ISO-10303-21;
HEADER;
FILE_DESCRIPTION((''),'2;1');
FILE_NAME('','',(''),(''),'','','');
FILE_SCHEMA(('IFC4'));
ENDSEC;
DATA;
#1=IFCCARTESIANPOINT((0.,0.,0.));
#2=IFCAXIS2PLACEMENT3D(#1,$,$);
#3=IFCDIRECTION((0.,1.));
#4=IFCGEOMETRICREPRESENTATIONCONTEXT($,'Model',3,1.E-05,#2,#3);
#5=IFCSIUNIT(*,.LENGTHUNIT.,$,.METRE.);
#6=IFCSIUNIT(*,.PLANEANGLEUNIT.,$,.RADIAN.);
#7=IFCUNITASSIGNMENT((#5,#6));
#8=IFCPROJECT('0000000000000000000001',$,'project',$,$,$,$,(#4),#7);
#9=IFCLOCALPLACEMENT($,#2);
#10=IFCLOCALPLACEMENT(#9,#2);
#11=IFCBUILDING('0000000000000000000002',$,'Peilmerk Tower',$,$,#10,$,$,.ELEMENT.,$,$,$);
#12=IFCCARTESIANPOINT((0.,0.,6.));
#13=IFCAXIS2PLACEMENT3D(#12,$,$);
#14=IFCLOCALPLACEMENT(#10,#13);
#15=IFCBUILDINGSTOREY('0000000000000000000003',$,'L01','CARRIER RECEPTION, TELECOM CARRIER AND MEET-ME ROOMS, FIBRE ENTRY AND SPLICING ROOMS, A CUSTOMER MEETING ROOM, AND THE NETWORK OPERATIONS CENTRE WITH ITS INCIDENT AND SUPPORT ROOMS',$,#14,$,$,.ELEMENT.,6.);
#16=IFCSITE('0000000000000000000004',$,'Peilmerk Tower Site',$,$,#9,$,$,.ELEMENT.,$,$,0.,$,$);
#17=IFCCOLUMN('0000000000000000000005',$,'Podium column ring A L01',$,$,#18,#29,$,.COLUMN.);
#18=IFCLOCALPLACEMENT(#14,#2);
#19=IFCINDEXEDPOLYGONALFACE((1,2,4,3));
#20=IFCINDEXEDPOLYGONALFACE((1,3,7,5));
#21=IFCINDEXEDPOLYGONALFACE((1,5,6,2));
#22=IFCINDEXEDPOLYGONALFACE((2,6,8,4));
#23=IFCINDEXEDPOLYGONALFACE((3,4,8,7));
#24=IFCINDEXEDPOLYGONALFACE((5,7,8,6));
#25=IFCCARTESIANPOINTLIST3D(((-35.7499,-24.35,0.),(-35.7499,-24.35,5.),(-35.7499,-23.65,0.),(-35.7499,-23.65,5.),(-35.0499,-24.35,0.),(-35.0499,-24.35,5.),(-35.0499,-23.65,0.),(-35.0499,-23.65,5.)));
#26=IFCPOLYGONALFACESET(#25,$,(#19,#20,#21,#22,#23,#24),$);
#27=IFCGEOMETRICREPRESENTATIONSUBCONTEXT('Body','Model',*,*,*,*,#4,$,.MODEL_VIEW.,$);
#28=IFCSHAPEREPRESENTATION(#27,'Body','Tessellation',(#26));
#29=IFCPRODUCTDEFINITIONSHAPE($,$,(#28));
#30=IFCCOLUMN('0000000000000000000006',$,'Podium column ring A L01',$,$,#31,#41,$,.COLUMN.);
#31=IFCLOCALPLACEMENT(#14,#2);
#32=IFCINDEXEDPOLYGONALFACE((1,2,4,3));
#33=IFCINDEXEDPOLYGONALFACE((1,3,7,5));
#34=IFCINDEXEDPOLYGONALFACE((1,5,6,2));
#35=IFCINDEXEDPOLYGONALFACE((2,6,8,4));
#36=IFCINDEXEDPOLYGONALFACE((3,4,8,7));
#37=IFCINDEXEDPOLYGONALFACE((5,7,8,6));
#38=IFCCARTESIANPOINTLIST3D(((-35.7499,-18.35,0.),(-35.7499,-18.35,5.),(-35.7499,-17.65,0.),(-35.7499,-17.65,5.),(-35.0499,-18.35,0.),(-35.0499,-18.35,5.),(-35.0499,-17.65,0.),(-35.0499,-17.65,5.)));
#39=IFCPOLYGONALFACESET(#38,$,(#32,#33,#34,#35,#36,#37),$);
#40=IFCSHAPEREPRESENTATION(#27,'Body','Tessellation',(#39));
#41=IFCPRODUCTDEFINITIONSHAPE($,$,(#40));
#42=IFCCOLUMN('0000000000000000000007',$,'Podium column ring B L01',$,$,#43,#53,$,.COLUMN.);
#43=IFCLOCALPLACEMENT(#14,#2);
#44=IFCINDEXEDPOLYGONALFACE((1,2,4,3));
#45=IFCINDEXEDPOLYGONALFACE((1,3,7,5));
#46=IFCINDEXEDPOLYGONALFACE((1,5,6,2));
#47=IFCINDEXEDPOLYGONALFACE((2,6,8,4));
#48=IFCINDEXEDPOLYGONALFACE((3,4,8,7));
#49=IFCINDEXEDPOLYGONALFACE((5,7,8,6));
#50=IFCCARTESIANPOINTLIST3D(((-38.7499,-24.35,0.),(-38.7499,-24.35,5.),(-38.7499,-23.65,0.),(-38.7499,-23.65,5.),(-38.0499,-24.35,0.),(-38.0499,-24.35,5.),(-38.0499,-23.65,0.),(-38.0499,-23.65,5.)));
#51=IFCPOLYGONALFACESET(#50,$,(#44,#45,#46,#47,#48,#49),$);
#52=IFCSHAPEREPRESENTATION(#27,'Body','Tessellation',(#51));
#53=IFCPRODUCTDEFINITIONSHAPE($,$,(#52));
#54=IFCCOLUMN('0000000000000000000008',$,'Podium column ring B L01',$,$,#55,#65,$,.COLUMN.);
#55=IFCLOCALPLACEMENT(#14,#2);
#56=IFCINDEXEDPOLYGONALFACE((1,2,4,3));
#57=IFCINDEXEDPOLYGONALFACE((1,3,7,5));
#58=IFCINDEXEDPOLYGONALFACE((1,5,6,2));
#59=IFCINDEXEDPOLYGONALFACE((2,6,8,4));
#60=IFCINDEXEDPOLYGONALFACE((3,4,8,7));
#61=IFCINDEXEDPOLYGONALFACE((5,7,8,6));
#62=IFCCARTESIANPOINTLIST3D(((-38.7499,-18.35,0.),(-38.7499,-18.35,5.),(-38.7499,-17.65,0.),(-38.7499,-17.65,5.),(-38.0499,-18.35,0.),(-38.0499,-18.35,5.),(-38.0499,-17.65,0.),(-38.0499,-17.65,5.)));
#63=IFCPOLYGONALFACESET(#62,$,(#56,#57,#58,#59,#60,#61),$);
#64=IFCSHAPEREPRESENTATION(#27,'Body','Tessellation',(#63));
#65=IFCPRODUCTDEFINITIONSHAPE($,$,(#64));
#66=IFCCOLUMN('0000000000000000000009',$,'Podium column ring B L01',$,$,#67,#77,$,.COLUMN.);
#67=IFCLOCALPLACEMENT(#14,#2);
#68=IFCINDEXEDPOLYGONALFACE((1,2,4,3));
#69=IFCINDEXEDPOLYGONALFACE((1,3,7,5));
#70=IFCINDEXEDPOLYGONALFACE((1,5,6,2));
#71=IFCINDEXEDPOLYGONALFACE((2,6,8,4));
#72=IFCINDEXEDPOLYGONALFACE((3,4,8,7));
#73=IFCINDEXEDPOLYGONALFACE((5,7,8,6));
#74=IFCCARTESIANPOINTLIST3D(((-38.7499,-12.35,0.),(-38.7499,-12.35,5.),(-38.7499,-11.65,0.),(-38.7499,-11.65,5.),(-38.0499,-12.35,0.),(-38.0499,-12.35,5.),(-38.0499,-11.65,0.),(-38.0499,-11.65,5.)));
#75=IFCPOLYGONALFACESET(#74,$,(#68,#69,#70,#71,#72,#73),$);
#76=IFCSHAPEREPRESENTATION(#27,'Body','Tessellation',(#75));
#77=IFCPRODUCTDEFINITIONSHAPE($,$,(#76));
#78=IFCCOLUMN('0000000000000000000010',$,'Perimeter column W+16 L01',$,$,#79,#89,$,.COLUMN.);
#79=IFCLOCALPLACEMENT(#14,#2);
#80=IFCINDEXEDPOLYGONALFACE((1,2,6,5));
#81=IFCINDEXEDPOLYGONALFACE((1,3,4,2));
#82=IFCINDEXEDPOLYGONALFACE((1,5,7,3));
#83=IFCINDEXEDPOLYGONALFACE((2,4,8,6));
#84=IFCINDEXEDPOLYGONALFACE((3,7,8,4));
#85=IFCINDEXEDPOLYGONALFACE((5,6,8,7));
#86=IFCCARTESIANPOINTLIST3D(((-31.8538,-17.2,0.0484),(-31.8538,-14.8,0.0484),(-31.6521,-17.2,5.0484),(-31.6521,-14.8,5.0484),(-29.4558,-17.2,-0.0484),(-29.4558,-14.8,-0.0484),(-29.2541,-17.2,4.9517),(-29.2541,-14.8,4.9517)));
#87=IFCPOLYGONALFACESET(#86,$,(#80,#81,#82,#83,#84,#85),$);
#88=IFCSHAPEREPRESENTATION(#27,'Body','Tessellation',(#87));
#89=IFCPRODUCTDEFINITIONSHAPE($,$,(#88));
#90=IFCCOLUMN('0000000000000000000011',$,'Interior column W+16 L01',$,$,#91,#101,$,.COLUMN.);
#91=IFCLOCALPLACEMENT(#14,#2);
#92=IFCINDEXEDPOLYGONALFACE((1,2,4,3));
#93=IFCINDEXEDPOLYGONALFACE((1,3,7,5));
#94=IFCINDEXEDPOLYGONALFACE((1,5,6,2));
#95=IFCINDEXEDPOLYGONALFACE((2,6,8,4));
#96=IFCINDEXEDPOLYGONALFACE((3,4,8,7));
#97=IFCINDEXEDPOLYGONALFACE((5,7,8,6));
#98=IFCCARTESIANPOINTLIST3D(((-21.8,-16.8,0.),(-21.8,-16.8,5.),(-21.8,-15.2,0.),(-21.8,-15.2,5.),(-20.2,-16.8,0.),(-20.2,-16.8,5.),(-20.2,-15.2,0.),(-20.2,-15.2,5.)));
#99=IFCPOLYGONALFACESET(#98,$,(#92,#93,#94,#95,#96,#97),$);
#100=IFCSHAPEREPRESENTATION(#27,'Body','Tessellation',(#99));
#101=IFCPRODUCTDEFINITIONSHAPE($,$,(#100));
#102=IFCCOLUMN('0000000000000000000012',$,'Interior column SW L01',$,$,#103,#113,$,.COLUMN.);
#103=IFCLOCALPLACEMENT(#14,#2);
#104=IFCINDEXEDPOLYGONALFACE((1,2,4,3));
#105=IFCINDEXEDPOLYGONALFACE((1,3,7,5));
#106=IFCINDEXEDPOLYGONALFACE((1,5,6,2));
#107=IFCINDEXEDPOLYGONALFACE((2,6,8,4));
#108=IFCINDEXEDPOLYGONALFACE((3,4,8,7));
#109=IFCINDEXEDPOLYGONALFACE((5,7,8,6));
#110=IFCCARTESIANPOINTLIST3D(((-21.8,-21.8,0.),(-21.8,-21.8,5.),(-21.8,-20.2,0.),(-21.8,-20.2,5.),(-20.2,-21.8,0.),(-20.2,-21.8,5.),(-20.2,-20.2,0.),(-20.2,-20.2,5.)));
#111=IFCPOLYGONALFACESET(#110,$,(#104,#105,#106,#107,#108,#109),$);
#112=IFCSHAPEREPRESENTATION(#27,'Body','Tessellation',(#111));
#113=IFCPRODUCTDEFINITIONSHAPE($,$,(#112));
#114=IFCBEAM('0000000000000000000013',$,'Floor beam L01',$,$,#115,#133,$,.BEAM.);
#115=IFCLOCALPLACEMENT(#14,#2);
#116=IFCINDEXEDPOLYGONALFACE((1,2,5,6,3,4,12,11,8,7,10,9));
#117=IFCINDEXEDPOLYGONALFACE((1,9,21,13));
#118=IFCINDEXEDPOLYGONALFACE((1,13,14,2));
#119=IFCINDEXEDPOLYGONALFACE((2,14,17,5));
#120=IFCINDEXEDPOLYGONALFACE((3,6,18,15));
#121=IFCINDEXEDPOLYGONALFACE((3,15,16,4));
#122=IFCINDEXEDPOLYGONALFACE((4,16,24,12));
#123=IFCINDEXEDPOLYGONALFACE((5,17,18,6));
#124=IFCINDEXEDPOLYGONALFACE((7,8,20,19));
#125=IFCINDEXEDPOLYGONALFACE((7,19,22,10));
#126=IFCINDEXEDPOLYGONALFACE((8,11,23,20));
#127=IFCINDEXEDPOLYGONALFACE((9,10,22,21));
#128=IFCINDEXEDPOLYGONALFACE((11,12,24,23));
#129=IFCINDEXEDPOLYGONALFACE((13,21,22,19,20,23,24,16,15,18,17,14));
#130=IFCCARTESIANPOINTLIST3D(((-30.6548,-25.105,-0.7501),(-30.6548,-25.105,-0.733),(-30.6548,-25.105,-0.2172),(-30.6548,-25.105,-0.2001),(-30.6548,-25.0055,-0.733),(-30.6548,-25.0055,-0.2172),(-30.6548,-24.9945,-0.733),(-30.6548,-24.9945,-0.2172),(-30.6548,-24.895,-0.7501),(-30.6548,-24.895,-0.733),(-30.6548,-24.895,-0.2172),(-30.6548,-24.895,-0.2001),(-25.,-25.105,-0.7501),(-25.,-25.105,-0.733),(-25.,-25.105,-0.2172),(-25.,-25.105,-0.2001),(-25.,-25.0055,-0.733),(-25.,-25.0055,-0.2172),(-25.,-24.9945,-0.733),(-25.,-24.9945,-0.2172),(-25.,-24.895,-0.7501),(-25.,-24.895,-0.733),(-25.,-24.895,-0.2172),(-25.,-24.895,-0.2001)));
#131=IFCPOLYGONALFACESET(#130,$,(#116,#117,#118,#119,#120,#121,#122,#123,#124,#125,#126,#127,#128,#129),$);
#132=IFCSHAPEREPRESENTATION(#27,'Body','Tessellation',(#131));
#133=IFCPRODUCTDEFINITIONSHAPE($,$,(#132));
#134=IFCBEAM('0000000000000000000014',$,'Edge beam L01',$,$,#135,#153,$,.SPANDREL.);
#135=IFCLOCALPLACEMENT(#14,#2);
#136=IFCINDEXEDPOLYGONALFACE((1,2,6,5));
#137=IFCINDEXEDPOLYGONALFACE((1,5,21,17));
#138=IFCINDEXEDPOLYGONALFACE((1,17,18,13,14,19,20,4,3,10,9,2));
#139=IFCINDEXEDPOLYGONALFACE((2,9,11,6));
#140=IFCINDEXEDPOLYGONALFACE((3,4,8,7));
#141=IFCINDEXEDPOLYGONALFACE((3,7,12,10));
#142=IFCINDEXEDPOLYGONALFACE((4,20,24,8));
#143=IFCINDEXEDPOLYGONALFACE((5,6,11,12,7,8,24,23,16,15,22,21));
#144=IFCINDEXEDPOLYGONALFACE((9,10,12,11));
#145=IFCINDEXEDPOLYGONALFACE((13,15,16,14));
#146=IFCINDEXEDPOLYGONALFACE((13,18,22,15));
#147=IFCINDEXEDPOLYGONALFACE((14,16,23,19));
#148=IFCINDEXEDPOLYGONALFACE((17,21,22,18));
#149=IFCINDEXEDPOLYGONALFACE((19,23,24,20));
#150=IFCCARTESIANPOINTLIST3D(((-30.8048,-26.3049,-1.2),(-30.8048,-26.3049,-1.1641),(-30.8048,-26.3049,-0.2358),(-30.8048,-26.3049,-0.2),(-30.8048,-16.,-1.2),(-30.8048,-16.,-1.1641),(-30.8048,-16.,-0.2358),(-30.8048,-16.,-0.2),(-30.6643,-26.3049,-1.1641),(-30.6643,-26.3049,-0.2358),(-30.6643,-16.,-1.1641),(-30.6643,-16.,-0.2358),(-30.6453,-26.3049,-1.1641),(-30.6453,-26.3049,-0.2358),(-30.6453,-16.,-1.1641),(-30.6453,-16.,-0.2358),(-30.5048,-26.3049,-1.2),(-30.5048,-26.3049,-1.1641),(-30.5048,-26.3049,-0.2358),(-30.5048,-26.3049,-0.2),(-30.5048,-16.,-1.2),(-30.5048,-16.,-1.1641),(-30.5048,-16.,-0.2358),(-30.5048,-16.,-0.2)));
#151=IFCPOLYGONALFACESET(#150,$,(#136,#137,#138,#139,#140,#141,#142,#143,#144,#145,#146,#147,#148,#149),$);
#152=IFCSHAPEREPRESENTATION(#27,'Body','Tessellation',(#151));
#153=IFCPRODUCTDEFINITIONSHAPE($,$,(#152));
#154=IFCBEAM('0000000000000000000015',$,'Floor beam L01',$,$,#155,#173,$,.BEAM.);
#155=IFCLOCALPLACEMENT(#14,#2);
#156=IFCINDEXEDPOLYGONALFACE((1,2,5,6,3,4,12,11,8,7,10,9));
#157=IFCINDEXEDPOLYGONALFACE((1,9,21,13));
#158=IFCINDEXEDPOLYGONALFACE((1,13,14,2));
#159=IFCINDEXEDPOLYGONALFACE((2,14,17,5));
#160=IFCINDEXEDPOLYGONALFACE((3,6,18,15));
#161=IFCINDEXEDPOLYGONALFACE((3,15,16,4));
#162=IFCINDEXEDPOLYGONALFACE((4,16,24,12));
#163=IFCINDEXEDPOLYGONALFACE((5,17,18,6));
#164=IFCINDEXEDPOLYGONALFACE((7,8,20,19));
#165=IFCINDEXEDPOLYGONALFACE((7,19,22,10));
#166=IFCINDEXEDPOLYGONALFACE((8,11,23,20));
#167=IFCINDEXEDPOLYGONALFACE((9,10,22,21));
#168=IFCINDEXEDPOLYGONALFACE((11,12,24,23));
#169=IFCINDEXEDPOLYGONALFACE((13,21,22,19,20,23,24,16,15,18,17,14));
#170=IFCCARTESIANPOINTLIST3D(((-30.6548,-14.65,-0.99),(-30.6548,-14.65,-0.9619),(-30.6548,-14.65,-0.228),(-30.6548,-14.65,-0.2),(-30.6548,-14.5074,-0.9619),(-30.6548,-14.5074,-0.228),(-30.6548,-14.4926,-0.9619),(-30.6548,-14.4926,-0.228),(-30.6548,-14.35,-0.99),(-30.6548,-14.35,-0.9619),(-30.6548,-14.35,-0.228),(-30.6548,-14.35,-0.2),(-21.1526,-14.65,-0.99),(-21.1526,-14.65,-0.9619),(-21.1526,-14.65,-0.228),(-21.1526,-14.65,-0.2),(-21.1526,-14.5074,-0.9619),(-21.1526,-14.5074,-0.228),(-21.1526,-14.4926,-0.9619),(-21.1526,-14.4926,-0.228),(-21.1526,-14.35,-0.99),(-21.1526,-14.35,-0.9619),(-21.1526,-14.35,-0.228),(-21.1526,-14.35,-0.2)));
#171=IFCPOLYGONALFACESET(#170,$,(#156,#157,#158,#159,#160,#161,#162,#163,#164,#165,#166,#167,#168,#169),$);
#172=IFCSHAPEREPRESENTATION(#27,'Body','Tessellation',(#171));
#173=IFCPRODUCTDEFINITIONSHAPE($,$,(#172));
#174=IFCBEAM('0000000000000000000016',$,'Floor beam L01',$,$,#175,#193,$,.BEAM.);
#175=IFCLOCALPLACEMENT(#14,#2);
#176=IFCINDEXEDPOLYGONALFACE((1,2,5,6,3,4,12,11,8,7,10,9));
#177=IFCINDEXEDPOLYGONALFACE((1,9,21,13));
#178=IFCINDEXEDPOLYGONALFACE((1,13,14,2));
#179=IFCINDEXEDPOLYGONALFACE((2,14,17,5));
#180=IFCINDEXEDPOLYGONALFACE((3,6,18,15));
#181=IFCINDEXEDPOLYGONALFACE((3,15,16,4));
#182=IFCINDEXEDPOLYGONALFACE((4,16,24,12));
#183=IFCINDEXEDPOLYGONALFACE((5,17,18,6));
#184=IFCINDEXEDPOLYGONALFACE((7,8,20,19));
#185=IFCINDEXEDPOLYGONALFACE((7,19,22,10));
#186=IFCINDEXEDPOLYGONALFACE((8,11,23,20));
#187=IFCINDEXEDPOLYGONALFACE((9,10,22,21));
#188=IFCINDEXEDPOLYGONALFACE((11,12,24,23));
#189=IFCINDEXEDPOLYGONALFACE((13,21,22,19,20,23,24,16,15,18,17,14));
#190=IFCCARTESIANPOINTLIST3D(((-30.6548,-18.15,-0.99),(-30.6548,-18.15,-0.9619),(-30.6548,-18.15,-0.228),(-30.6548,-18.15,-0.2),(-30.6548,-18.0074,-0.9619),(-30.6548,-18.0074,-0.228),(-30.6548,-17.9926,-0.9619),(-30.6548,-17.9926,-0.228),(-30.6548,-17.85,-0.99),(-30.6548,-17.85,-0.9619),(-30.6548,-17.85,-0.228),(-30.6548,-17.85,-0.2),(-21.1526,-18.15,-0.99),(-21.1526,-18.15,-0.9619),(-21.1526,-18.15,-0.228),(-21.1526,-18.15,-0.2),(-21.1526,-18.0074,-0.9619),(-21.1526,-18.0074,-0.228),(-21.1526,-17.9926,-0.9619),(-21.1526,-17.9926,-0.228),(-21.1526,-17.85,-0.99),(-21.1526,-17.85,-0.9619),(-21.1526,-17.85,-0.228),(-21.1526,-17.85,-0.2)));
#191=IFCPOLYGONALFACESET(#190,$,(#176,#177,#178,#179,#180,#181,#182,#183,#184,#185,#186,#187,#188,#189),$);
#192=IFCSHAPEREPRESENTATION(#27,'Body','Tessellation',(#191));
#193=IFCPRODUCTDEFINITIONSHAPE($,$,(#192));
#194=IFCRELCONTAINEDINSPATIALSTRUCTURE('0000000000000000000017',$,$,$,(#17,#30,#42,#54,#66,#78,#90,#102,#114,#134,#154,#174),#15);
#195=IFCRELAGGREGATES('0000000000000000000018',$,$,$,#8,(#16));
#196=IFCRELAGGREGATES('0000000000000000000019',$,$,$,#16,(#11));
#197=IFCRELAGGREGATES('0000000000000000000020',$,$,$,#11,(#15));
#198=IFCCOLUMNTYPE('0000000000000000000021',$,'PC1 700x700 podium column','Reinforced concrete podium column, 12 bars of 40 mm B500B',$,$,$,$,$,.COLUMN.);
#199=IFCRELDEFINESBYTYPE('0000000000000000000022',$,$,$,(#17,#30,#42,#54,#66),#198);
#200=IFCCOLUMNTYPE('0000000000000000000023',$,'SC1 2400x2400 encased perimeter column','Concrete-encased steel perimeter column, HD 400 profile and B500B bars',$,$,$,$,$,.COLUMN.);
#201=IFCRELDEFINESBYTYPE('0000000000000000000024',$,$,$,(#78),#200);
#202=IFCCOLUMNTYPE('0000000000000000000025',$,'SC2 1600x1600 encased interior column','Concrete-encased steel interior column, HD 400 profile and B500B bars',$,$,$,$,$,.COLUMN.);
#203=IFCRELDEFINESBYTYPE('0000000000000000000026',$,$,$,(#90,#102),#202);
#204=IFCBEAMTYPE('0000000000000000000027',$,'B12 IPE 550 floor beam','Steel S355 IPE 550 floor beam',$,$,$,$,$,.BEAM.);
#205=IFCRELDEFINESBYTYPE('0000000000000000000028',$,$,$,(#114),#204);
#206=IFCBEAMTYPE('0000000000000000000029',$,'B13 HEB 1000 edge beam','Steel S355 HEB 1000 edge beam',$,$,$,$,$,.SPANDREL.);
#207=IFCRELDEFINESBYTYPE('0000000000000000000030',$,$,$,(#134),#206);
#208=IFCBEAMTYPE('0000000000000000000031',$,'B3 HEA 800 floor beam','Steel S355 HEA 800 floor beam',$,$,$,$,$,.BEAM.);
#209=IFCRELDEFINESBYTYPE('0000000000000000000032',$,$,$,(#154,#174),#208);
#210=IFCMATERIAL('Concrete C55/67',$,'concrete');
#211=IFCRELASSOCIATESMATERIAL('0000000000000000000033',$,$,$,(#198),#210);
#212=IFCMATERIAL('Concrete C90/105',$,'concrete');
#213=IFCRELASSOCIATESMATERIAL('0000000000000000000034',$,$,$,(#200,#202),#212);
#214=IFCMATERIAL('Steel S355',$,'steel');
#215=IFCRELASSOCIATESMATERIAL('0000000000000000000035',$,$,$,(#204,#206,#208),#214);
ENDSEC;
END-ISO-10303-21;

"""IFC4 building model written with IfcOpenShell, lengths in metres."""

from ifc_helpers import new_model, si_unit, direction, frame, origin, origin_2d, place, context, subcontext, project, spatial, rectangle, i_section, extrude, material, material_profile, profile_set, type_object, element, save


model = new_model("IFC4")

# Units and contexts
model_context = context("Model", 3, precision=1e-05, world=origin(), true_north=direction((0.0, 1.0)))
body_context = subcontext(model_context, "Body", "Model", "MODEL_VIEW")
ifc_project = project(units=[si_unit("LENGTHUNIT", "METRE"), si_unit("PLANEANGLEUNIT", "RADIAN")], contexts=[model_context])

# Site, building, storey
site_placement = place(None, origin())
site = spatial("IfcSite", under=ifc_project, at=site_placement, Name="Peilmerk Tower Site", CompositionType="ELEMENT", RefElevation=0.0)
building_placement = place(site_placement, origin())
building = spatial("IfcBuilding", under=site, at=building_placement, Name="Peilmerk Tower", CompositionType="ELEMENT")
storey_placement = place(building_placement, frame((0.0, 0.0, 6.0)))
storey = spatial("IfcBuildingStorey", under=building, at=storey_placement, Name="L01", Description="CARRIER RECEPTION, TELECOM CARRIER AND MEET-ME ROOMS, FIBRE ENTRY AND SPLICING ROOMS, A CUSTOMER MEETING ROOM, AND THE NETWORK OPERATIONS CENTRE WITH ITS INCIDENT AND SUPPORT ROOMS", CompositionType="ELEMENT", Elevation=6.0)

# Columns
ifc_material_1 = material(Name="Concrete C55/67", Category="concrete")
ifc_material_profile_1 = material_profile(ifc_material_1, rectangle(XDim=0.7, YDim=0.7, at=origin_2d()), Name="RC 700x700")
ifc_profile_set_1 = profile_set([ifc_material_profile_1], Name="Concrete C55/67")
column_type_1 = type_object("IfcColumnType", Name="PC1 700x700 podium column", Description="Reinforced concrete podium column, 12 bars of 40 mm B500B", PredefinedType="COLUMN", material=ifc_profile_set_1)
for number, where, z_axis, x_axis, name in (
    (1, (-35.3999, -24.0, 0.0), (0.0, 0.0, 1.0), (1.0, 0.0, 0.0), "Podium column ring A L01"),
    (2, (-35.3999, -18.0, 0.0), (0.0, 0.0, 1.0), (1.0, 0.0, 0.0), "Podium column ring A L01"),
    (3, (-38.3999, -24.0, 0.0), (0.0, 0.0, 1.0), (1.0, 0.0, 0.0), "Podium column ring B L01"),
    (4, (-38.3999, -18.0, 0.0), (0.0, 0.0, 1.0), (1.0, 0.0, 0.0), "Podium column ring B L01"),
    (5, (-38.3999, -12.0, 0.0), (0.0, 0.0, 1.0), (1.0, 0.0, 0.0), "Podium column ring B L01"),
):
    element("IfcColumn", number, at=place(storey_placement, frame(where, z_axis=z_axis, x_axis=x_axis)), inside=storey, type_object=column_type_1, Name=name, PredefinedType="COLUMN", context=body_context, shape_type="SweptSolid", body=[
        extrude(rectangle(XDim=0.7, YDim=0.7, at=origin_2d()), origin(), (0.0, 0.0, 1.0), 5.0),
    ])
ifc_material_2 = material(Name="Concrete C90/105", Category="concrete")
ifc_material_profile_2 = material_profile(ifc_material_2, rectangle(XDim=2.3999, YDim=2.3999, at=origin_2d()), Name="RC 2400x2400")
ifc_profile_set_2 = profile_set([ifc_material_profile_2], Name="Concrete C90/105")
column_type_2 = type_object("IfcColumnType", Name="SC1 2400x2400 encased perimeter column", Description="Concrete-encased steel perimeter column, HD 400 profile and B500B bars", PredefinedType="COLUMN", material=ifc_profile_set_2)
column_placement = place(storey_placement, frame((-30.6548, -16.0, 0.0), z_axis=(0.040299, 0.0, 0.999188), x_axis=(0.0, 1.0, 0.0)))
element("IfcColumn", 6, at=column_placement, inside=storey, type_object=column_type_2, Name="Perimeter column W+16 L01", PredefinedType="COLUMN", context=body_context, shape_type="SweptSolid", body=[
    extrude(rectangle(XDim=2.3999, YDim=2.3999, at=origin_2d()), origin(), (0.0, 0.0, 1.0), 5.0042),
])
ifc_material_profile_3 = material_profile(ifc_material_2, rectangle(XDim=1.6001, YDim=1.6001, at=origin_2d()), Name="RC 1600x1600")
ifc_profile_set_3 = profile_set([ifc_material_profile_3], Name="Concrete C90/105")
column_type_3 = type_object("IfcColumnType", Name="SC2 1600x1600 encased interior column", Description="Concrete-encased steel interior column, HD 400 profile and B500B bars", PredefinedType="COLUMN", material=ifc_profile_set_3)
for number, where, z_axis, x_axis, name in (
    (7, (-21.0, -16.0, 0.0), (0.0, 0.0, 1.0), (1.0, 0.0, 0.0), "Interior column W+16 L01"),
    (8, (-21.0, -21.0, 0.0), (0.0, 0.0, 1.0), (1.0, 0.0, 0.0), "Interior column SW L01"),
):
    element("IfcColumn", number, at=place(storey_placement, frame(where, z_axis=z_axis, x_axis=x_axis)), inside=storey, type_object=column_type_3, Name=name, PredefinedType="COLUMN", context=body_context, shape_type="SweptSolid", body=[
        extrude(rectangle(XDim=1.6001, YDim=1.6001, at=origin_2d()), origin(), (0.0, 0.0, 1.0), 5.0),
    ])

# Beams
ifc_material_3 = material(Name="Steel S355", Category="steel")
ifc_material_profile_4 = material_profile(ifc_material_3, i_section(OverallWidth=0.21, OverallDepth=0.55, WebThickness=0.011, FlangeThickness=0.0171, at=origin_2d()), Name="IPE 550")
ifc_profile_set_4 = profile_set([ifc_material_profile_4], Name="Steel S355")
beam_type_1 = type_object("IfcBeamType", Name="B12 IPE 550 floor beam", Description="Steel S355 IPE 550 floor beam", PredefinedType="BEAM", material=ifc_profile_set_4)
beam_1_placement = place(storey_placement, frame((-25.0, -25.0, -0.4751), z_axis=(-1.0, 0.0, 0.0), x_axis=(0.0, -1.0, 0.0)))
element("IfcBeam", 9, at=beam_1_placement, inside=storey, type_object=beam_type_1, Name="Floor beam L01", PredefinedType="BEAM", context=body_context, shape_type="SweptSolid", body=[
    extrude(i_section(OverallWidth=0.21, OverallDepth=0.55, WebThickness=0.011, FlangeThickness=0.0171, at=origin_2d()), origin(), (0.0, 0.0, 1.0), 5.6548),
])
ifc_material_profile_5 = material_profile(ifc_material_3, i_section(OverallWidth=0.3, OverallDepth=1.0, WebThickness=0.019, FlangeThickness=0.0359, at=origin_2d()), Name="HEB 1000")
ifc_profile_set_5 = profile_set([ifc_material_profile_5], Name="Steel S355")
beam_type_2 = type_object("IfcBeamType", Name="B13 HEB 1000 edge beam", Description="Steel S355 HEB 1000 edge beam", PredefinedType="SPANDREL", material=ifc_profile_set_5)
beam_2_placement = place(storey_placement, frame((-30.6548, -16.0, -0.7), z_axis=(0.0, -1.0, 0.0), x_axis=(1.0, 0.0, 0.0)))
element("IfcBeam", 10, at=beam_2_placement, inside=storey, type_object=beam_type_2, Name="Edge beam L01", PredefinedType="SPANDREL", context=body_context, shape_type="SweptSolid", body=[
    extrude(i_section(OverallWidth=0.3, OverallDepth=1.0, WebThickness=0.019, FlangeThickness=0.0359, at=origin_2d()), origin(), (0.0, 0.0, 1.0), 10.3049),
])
ifc_material_profile_6 = material_profile(ifc_material_3, i_section(OverallWidth=0.3, OverallDepth=0.79, WebThickness=0.0149, FlangeThickness=0.0281, at=origin_2d()), Name="HEA 800")
ifc_profile_set_6 = profile_set([ifc_material_profile_6], Name="Steel S355")
beam_type_3 = type_object("IfcBeamType", Name="B3 HEA 800 floor beam", Description="Steel S355 HEA 800 floor beam", PredefinedType="BEAM", material=ifc_profile_set_6)
for number, where, z_axis, x_axis, name in (
    (11, (-21.1526, -14.5, -0.595), (-1.0, 0.0, 0.0), (0.0, -1.0, 0.0), "Floor beam L01"),
    (12, (-21.1526, -18.0, -0.595), (-1.0, 0.0, 0.0), (0.0, -1.0, 0.0), "Floor beam L01"),
):
    element("IfcBeam", number, at=place(storey_placement, frame(where, z_axis=z_axis, x_axis=x_axis)), inside=storey, type_object=beam_type_3, Name=name, PredefinedType="BEAM", context=body_context, shape_type="SweptSolid", body=[
        extrude(i_section(OverallWidth=0.3, OverallDepth=0.79, WebThickness=0.0149, FlangeThickness=0.0281, at=origin_2d()), origin(), (0.0, 0.0, 1.0), 9.5022),
    ])

save(model, "model.ifc")
